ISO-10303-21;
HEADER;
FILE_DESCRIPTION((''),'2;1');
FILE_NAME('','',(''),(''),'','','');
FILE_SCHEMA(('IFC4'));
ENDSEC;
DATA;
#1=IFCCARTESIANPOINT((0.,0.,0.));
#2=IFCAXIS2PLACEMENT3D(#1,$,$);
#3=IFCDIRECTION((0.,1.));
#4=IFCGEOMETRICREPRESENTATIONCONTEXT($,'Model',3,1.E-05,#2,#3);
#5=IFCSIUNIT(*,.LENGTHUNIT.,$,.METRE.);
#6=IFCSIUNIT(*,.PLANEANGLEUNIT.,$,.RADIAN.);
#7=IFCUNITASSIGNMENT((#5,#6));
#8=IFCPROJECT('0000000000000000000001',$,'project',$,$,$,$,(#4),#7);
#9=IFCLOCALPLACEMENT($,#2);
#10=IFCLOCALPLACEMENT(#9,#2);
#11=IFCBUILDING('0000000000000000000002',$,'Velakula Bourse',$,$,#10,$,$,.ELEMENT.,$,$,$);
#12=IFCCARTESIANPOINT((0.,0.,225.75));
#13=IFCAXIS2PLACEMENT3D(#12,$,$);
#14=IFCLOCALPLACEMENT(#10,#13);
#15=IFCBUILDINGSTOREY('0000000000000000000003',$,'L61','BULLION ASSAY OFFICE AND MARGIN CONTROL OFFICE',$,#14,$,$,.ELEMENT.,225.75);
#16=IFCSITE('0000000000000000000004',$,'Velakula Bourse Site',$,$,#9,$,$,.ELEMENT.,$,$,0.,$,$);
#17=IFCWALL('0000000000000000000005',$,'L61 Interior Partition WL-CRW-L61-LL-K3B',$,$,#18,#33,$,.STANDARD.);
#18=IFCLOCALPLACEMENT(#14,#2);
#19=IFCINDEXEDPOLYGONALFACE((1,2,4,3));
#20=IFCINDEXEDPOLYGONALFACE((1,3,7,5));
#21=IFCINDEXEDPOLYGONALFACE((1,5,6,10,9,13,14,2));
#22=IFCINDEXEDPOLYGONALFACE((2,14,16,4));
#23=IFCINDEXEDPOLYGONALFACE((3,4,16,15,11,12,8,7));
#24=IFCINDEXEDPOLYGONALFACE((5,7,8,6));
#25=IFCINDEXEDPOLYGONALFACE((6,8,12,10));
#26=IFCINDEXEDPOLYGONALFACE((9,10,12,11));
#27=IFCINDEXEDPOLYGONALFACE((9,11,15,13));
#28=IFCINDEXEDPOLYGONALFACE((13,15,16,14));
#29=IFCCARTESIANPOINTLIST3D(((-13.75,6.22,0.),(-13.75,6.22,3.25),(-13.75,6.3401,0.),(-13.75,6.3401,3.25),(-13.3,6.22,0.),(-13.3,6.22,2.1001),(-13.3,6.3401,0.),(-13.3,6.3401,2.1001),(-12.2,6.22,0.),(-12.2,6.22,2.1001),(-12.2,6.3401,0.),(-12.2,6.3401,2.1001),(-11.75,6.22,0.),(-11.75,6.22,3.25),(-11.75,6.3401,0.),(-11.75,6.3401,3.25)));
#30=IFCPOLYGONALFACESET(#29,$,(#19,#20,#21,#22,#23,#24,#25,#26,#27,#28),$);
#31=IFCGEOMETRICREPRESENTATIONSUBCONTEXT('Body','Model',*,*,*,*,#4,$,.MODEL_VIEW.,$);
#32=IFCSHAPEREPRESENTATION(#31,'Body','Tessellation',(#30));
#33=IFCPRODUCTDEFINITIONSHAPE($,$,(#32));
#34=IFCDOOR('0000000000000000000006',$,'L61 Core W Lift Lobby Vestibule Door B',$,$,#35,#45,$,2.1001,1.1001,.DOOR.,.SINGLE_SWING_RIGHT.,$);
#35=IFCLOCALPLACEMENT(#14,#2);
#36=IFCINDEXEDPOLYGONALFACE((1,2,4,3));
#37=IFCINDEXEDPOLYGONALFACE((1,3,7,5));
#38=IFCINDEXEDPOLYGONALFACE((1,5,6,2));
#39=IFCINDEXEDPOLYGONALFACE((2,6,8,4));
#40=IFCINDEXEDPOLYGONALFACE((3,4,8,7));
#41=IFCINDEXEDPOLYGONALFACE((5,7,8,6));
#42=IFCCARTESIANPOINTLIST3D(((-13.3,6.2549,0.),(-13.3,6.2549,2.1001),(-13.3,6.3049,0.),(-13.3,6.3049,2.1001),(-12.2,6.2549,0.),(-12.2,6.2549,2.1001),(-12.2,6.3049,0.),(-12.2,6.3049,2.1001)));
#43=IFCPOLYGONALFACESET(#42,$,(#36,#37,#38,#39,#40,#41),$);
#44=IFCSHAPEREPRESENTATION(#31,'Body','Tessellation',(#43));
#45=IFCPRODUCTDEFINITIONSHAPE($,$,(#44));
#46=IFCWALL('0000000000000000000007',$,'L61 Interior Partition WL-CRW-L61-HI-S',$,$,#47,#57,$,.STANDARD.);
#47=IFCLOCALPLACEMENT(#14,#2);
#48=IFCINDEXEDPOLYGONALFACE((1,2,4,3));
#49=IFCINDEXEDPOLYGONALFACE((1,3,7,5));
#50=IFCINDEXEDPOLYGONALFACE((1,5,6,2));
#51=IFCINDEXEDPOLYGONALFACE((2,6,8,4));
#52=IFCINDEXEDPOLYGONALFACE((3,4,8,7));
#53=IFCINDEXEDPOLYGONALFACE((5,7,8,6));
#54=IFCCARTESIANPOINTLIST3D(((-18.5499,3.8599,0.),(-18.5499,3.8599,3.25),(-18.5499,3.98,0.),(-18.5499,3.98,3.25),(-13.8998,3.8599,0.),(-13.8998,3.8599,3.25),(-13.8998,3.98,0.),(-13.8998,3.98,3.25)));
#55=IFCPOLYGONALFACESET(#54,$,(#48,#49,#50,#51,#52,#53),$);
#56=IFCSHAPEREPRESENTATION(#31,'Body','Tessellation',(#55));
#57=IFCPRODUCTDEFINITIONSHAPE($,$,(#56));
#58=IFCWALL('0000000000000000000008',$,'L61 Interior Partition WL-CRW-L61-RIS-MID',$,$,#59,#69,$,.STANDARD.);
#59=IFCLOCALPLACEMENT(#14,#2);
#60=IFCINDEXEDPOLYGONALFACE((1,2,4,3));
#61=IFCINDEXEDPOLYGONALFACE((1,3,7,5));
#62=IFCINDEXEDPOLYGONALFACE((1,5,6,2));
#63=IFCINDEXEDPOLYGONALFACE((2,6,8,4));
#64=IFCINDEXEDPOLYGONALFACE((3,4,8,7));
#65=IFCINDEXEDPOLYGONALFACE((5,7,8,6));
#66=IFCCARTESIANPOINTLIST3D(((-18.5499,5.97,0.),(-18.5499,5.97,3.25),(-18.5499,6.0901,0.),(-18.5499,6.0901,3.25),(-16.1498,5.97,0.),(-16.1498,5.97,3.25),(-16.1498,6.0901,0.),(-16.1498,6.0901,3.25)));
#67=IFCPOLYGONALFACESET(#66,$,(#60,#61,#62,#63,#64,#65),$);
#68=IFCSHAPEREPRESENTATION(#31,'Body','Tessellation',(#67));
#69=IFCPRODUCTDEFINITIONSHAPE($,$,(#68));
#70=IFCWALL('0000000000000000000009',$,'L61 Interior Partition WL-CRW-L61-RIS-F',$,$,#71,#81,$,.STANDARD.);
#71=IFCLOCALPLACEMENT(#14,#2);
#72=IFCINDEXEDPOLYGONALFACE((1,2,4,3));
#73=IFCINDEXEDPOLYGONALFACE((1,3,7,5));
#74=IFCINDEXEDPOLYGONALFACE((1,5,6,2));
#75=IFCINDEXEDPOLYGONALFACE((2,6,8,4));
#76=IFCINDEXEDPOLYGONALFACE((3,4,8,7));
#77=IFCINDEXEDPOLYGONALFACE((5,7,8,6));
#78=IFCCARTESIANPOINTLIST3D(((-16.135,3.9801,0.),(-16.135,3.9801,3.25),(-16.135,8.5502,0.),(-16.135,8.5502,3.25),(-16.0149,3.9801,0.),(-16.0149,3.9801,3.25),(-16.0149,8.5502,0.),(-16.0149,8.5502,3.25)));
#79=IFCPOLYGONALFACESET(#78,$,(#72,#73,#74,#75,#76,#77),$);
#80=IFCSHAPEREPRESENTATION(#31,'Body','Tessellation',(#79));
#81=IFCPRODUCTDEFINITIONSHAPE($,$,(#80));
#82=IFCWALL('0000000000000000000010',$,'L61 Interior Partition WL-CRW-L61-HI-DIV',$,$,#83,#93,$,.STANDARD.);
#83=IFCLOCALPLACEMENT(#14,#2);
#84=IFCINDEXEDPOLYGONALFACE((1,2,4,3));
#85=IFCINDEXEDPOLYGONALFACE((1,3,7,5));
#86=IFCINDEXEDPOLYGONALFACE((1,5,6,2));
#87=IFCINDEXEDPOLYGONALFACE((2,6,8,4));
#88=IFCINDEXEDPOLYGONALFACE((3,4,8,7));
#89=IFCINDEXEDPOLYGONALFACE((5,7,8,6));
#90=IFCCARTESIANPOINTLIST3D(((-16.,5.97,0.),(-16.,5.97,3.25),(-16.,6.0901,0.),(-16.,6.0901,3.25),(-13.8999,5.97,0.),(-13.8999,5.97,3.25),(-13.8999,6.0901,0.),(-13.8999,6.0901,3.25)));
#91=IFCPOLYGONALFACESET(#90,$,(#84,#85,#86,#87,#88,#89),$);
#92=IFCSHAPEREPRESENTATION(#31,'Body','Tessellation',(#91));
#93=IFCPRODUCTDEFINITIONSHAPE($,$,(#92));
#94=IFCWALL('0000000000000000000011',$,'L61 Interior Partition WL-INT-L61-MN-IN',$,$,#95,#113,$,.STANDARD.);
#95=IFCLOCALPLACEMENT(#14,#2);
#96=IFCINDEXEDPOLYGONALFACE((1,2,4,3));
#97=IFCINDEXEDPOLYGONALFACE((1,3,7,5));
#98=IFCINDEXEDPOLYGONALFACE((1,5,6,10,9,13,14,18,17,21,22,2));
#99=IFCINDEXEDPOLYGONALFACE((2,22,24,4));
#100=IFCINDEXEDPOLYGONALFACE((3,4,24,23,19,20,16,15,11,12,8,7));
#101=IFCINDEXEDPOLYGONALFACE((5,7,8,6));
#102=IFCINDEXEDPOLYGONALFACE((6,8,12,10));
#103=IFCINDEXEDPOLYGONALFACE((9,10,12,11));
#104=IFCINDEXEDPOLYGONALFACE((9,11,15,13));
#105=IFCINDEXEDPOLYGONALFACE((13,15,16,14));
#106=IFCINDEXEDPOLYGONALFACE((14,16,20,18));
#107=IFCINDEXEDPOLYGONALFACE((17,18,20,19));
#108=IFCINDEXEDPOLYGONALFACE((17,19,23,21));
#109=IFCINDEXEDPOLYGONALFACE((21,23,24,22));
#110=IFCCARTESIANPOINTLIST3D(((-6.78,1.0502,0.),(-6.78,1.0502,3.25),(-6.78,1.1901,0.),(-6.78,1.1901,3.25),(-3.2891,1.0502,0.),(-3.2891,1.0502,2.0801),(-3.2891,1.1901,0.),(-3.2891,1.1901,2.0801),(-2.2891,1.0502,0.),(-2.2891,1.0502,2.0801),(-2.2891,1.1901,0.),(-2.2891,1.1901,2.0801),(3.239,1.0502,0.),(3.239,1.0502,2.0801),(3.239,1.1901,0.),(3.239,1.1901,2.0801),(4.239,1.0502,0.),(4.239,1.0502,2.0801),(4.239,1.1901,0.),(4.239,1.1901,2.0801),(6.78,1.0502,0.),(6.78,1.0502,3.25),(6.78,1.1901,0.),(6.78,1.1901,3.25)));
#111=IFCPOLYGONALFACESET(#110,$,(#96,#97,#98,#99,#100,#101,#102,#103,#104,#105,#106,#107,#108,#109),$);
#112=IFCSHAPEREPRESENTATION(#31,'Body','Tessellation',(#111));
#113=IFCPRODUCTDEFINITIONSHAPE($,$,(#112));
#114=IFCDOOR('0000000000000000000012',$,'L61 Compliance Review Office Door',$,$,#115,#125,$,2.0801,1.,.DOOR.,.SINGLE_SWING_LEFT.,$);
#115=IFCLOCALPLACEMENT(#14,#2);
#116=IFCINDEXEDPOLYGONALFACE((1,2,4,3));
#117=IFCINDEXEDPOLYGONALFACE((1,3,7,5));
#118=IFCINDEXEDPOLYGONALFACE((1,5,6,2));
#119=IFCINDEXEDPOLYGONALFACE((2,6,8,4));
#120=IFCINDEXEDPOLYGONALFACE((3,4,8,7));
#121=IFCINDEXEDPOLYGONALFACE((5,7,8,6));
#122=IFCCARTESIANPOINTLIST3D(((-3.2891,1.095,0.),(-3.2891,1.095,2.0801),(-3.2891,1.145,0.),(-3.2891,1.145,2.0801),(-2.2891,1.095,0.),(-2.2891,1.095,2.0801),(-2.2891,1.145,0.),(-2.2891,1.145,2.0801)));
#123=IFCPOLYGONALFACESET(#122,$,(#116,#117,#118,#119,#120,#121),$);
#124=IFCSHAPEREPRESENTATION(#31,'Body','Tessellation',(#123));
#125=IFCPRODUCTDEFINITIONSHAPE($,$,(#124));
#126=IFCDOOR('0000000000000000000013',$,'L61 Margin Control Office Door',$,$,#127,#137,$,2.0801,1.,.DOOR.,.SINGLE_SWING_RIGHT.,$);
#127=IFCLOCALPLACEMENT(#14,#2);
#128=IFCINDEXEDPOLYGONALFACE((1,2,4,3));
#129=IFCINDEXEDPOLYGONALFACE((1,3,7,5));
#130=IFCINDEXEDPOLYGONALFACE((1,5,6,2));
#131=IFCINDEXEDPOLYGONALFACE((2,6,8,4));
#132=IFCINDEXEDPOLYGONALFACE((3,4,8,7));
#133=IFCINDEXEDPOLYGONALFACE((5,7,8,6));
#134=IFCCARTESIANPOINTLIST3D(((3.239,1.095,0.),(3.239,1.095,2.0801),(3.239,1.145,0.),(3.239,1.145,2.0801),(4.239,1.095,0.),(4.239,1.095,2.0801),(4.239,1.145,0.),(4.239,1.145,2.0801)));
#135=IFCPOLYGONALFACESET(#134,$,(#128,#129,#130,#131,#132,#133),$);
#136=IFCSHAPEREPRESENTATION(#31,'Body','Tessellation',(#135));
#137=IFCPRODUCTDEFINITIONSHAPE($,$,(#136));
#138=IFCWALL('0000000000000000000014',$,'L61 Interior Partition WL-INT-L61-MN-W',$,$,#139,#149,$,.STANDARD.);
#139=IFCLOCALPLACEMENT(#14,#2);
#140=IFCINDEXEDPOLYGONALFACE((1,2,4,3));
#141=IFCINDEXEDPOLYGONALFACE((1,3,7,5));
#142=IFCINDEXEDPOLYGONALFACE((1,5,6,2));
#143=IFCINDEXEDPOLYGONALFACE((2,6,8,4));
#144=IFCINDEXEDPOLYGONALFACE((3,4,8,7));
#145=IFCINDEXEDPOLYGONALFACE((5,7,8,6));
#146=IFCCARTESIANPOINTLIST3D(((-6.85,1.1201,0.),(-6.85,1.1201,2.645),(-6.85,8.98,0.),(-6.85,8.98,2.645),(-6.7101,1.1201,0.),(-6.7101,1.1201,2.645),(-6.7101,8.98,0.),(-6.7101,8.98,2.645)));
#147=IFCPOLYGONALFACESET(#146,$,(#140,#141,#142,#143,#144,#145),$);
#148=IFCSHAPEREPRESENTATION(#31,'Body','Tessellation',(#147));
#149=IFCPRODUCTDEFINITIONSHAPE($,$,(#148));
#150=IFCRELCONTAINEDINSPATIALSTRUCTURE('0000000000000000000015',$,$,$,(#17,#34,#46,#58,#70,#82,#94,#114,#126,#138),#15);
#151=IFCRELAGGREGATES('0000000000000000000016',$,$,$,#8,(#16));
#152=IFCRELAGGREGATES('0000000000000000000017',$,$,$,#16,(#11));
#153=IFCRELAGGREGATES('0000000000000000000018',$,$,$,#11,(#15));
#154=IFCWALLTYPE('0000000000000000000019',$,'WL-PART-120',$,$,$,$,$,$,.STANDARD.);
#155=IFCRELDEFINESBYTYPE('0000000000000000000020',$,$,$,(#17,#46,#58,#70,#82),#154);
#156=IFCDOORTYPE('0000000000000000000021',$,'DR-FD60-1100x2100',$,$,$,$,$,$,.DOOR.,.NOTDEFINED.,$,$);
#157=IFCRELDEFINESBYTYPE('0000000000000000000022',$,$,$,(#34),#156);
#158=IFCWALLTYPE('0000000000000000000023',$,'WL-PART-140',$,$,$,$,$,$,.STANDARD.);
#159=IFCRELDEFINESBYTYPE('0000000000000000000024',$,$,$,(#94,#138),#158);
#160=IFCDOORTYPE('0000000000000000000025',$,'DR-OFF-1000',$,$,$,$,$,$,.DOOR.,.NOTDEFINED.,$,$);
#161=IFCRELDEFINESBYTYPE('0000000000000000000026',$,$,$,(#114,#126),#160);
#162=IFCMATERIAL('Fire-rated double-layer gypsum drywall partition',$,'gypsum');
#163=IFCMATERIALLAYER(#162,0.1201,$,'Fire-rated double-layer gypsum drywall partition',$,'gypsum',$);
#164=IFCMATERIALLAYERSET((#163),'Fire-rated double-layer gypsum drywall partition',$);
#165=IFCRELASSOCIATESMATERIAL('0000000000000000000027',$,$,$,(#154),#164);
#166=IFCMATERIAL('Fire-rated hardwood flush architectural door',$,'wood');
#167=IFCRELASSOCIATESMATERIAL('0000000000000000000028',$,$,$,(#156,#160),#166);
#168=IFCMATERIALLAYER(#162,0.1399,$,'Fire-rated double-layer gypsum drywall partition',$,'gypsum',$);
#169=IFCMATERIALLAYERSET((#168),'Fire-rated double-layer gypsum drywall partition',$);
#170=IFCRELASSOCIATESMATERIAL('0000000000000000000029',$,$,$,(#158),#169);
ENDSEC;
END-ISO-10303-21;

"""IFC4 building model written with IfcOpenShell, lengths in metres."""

from ifc_helpers import new_model, si_unit, direction, frame, frame_2d, origin, place, context, subcontext, project, spatial, rectangle, extrude, material, layer, layer_set, type_object, element, fill, save


model = new_model("IFC4")

# Units and contexts
model_context = context("Model", 3, precision=1e-05, world=origin(), true_north=direction((0.0, 1.0)))
body_context = subcontext(model_context, "Body", "Model", "MODEL_VIEW")
ifc_project = project(units=[si_unit("LENGTHUNIT", "METRE"), si_unit("PLANEANGLEUNIT", "RADIAN")], contexts=[model_context])

# Site, building, storey
site_placement = place(None, origin())
site = spatial("IfcSite", under=ifc_project, at=site_placement, Name="Velakula Bourse Site", CompositionType="ELEMENT", RefElevation=0.0)
building_placement = place(site_placement, origin())
building = spatial("IfcBuilding", under=site, at=building_placement, Name="Velakula Bourse", CompositionType="ELEMENT")
storey_placement = place(building_placement, frame((0.0, 0.0, 225.75)))
storey = spatial("IfcBuildingStorey", under=building, at=storey_placement, Name="L61", Description="BULLION ASSAY OFFICE AND MARGIN CONTROL OFFICE", CompositionType="ELEMENT", Elevation=225.75)

# Wall, opening, door
ifc_material_1 = material(Name="Fire-rated double-layer gypsum drywall partition", Category="gypsum")
ifc_layer_1 = layer(ifc_material_1, 0.1201, Name="Fire-rated double-layer gypsum drywall partition", Category="gypsum")
ifc_layer_set_1 = layer_set([ifc_layer_1], Name="Fire-rated double-layer gypsum drywall partition")
wall_type_1 = type_object("IfcWallType", Name="WL-PART-120", PredefinedType="STANDARD", material=ifc_layer_set_1)
ifc_material_2 = material(Name="Fire-rated hardwood flush architectural door", Category="wood")
door_type_1 = type_object("IfcDoorType", Name="DR-FD60-1100x2100", OperationType="NOTDEFINED", PredefinedType="DOOR", material=ifc_material_2)
wall_1_placement = place(storey_placement, frame((-13.75, 6.28, 0.0), z_axis=(0.0, 0.0, 1.0), x_axis=(1.0, 0.0, 0.0)))
wall_1 = element("IfcWall", 1, at=wall_1_placement, inside=storey, type_object=wall_type_1, Name="L61 Interior Partition WL-CRW-L61-LL-K3B", PredefinedType="STANDARD", context=body_context, shape_type="SweptSolid", body=[
    extrude(rectangle(XDim=2.0, YDim=0.1201, at=frame_2d((1.0, 0.0))), origin(), (0.0, 0.0, 1.0), 3.25),
])
opening_1_placement = place(wall_1_placement, frame((0.45, 0.0, 0.0)))
opening_1 = element("IfcOpeningElement", 2, at=opening_1_placement, cuts=wall_1, PredefinedType="OPENING", context=body_context, shape_type="SweptSolid", body=[
    extrude(rectangle(XDim=1.1001, YDim=2.1001, at=frame_2d((0.55, 1.05))), frame((0.0, 0.0701, 0.0), z_axis=(0.0, -1.0, 0.0), x_axis=(1.0, 0.0, 0.0)), (0.0, 0.0, 1.0), 0.1401),
])
door_1_placement = place(opening_1_placement, origin())
door_1 = element("IfcDoor", 3, at=door_1_placement, inside=storey, type_object=door_type_1, Name="L61 Core W Lift Lobby Vestibule Door B", OperationType="SINGLE_SWING_RIGHT", OverallHeight=2.1001, OverallWidth=1.1001, PredefinedType="DOOR", context=body_context, shape_type="SweptSolid", body=[
    extrude(rectangle(XDim=1.1001, YDim=2.1001, at=frame_2d((0.55, 1.05))), frame((0.0, 0.0249, 0.0), z_axis=(0.0, -1.0, 0.0), x_axis=(1.0, 0.0, 0.0)), (0.0, 0.0, 1.0), 0.05),
])
fill(opening_1, door_1)

# Walls
wall_2_placement = place(storey_placement, frame((-18.55, 3.9199, 0.0), z_axis=(0.0, 0.0, 1.0), x_axis=(1.0, 0.0, 0.0)))
element("IfcWall", 4, at=wall_2_placement, inside=storey, type_object=wall_type_1, Name="L61 Interior Partition WL-CRW-L61-HI-S", PredefinedType="STANDARD", context=body_context, shape_type="SweptSolid", body=[
    extrude(rectangle(XDim=4.6501, YDim=0.1201, at=frame_2d((2.3252, 0.0))), origin(), (0.0, 0.0, 1.0), 3.25),
])
wall_3_placement = place(storey_placement, frame((-18.55, 6.03, 0.0), z_axis=(0.0, 0.0, 1.0), x_axis=(1.0, 0.0, 0.0)))
element("IfcWall", 5, at=wall_3_placement, inside=storey, type_object=wall_type_1, Name="L61 Interior Partition WL-CRW-L61-RIS-MID", PredefinedType="STANDARD", context=body_context, shape_type="SweptSolid", body=[
    extrude(rectangle(XDim=2.4001, YDim=0.1201, at=frame_2d((1.2002, 0.0))), origin(), (0.0, 0.0, 1.0), 3.25),
])
wall_4_placement = place(storey_placement, frame((-16.075, 3.98, 0.0), z_axis=(0.0, 0.0, 1.0), x_axis=(0.0, 1.0, 0.0)))
element("IfcWall", 6, at=wall_4_placement, inside=storey, type_object=wall_type_1, Name="L61 Interior Partition WL-CRW-L61-RIS-F", PredefinedType="STANDARD", context=body_context, shape_type="SweptSolid", body=[
    extrude(rectangle(XDim=4.5701, YDim=0.1201, at=frame_2d((2.2852, 0.0))), origin(), (0.0, 0.0, 1.0), 3.25),
])
wall_5_placement = place(storey_placement, frame((-16.0, 6.03, 0.0), z_axis=(0.0, 0.0, 1.0), x_axis=(1.0, 0.0, 0.0)))
element("IfcWall", 7, at=wall_5_placement, inside=storey, type_object=wall_type_1, Name="L61 Interior Partition WL-CRW-L61-HI-DIV", PredefinedType="STANDARD", context=body_context, shape_type="SweptSolid", body=[
    extrude(rectangle(XDim=2.1001, YDim=0.1201, at=frame_2d((1.05, 0.0))), origin(), (0.0, 0.0, 1.0), 3.25),
])

# Wall, openings, doors
ifc_layer_2 = layer(ifc_material_1, 0.1399, Name="Fire-rated double-layer gypsum drywall partition", Category="gypsum")
ifc_layer_set_2 = layer_set([ifc_layer_2], Name="Fire-rated double-layer gypsum drywall partition")
wall_type_2 = type_object("IfcWallType", Name="WL-PART-140", PredefinedType="STANDARD", material=ifc_layer_set_2)
wall_6_placement = place(storey_placement, frame((-6.78, 1.1201, 0.0), z_axis=(0.0, 0.0, 1.0), x_axis=(1.0, 0.0, 0.0)))
wall_6 = element("IfcWall", 8, at=wall_6_placement, inside=storey, type_object=wall_type_2, Name="L61 Interior Partition WL-INT-L61-MN-IN", PredefinedType="STANDARD", context=body_context, shape_type="SweptSolid", body=[
    extrude(rectangle(XDim=13.5601, YDim=0.1399, at=frame_2d((6.78, 0.0))), origin(), (0.0, 0.0, 1.0), 3.25),
])
opening_2_placement = place(wall_6_placement, frame((3.491, 0.0, 0.0)))
opening_2 = element("IfcOpeningElement", 9, at=opening_2_placement, cuts=wall_6, PredefinedType="OPENING", context=body_context, shape_type="SweptSolid", body=[
    extrude(rectangle(XDim=1.0, YDim=2.0801, at=frame_2d((0.5, 1.04))), frame((0.0, 0.0798, 0.0), z_axis=(0.0, -1.0, 0.0), x_axis=(1.0, 0.0, 0.0)), (0.0, 0.0, 1.0), 0.1599),
])
opening_3_placement = place(wall_6_placement, frame((10.019, 0.0, 0.0)))
opening_3 = element("IfcOpeningElement", 10, at=opening_3_placement, cuts=wall_6, PredefinedType="OPENING", context=body_context, shape_type="SweptSolid", body=[
    extrude(rectangle(XDim=1.0, YDim=2.0801, at=frame_2d((0.5, 1.04))), frame((0.0, 0.0798, 0.0), z_axis=(0.0, -1.0, 0.0), x_axis=(1.0, 0.0, 0.0)), (0.0, 0.0, 1.0), 0.1599),
])
door_type_2 = type_object("IfcDoorType", Name="DR-OFF-1000", OperationType="NOTDEFINED", PredefinedType="DOOR", material=ifc_material_2)
door_2_placement = place(opening_2_placement, origin())
door_2 = element("IfcDoor", 11, at=door_2_placement, inside=storey, type_object=door_type_2, Name="L61 Compliance Review Office Door", OperationType="SINGLE_SWING_LEFT", OverallHeight=2.0801, OverallWidth=1.0, PredefinedType="DOOR", context=body_context, shape_type="SweptSolid", body=[
    extrude(rectangle(XDim=1.0, YDim=2.0801, at=frame_2d((0.5, 1.04))), frame((0.0, 0.0249, 0.0), z_axis=(0.0, -1.0, 0.0), x_axis=(1.0, 0.0, 0.0)), (0.0, 0.0, 1.0), 0.05),
])
fill(opening_2, door_2)
door_3_placement = place(opening_3_placement, origin())
door_3 = element("IfcDoor", 12, at=door_3_placement, inside=storey, type_object=door_type_2, Name="L61 Margin Control Office Door", OperationType="SINGLE_SWING_RIGHT", OverallHeight=2.0801, OverallWidth=1.0, PredefinedType="DOOR", context=body_context, shape_type="SweptSolid", body=[
    extrude(rectangle(XDim=1.0, YDim=2.0801, at=frame_2d((0.5, 1.04))), frame((0.0, 0.0249, 0.0), z_axis=(0.0, -1.0, 0.0), x_axis=(1.0, 0.0, 0.0)), (0.0, 0.0, 1.0), 0.05),
])
fill(opening_3, door_3)

# Wall
wall_7_placement = place(storey_placement, frame((-6.78, 1.1201, 0.0), z_axis=(0.0, 0.0, 1.0), x_axis=(0.0, 1.0, 0.0)))
element("IfcWall", 13, at=wall_7_placement, inside=storey, type_object=wall_type_2, Name="L61 Interior Partition WL-INT-L61-MN-W", PredefinedType="STANDARD", context=body_context, shape_type="SweptSolid", body=[
    extrude(rectangle(XDim=7.8599, YDim=0.1399, at=frame_2d((3.9299, 0.0))), origin(), (0.0, 0.0, 1.0), 2.645),
])

save(model, "model.ifc")
